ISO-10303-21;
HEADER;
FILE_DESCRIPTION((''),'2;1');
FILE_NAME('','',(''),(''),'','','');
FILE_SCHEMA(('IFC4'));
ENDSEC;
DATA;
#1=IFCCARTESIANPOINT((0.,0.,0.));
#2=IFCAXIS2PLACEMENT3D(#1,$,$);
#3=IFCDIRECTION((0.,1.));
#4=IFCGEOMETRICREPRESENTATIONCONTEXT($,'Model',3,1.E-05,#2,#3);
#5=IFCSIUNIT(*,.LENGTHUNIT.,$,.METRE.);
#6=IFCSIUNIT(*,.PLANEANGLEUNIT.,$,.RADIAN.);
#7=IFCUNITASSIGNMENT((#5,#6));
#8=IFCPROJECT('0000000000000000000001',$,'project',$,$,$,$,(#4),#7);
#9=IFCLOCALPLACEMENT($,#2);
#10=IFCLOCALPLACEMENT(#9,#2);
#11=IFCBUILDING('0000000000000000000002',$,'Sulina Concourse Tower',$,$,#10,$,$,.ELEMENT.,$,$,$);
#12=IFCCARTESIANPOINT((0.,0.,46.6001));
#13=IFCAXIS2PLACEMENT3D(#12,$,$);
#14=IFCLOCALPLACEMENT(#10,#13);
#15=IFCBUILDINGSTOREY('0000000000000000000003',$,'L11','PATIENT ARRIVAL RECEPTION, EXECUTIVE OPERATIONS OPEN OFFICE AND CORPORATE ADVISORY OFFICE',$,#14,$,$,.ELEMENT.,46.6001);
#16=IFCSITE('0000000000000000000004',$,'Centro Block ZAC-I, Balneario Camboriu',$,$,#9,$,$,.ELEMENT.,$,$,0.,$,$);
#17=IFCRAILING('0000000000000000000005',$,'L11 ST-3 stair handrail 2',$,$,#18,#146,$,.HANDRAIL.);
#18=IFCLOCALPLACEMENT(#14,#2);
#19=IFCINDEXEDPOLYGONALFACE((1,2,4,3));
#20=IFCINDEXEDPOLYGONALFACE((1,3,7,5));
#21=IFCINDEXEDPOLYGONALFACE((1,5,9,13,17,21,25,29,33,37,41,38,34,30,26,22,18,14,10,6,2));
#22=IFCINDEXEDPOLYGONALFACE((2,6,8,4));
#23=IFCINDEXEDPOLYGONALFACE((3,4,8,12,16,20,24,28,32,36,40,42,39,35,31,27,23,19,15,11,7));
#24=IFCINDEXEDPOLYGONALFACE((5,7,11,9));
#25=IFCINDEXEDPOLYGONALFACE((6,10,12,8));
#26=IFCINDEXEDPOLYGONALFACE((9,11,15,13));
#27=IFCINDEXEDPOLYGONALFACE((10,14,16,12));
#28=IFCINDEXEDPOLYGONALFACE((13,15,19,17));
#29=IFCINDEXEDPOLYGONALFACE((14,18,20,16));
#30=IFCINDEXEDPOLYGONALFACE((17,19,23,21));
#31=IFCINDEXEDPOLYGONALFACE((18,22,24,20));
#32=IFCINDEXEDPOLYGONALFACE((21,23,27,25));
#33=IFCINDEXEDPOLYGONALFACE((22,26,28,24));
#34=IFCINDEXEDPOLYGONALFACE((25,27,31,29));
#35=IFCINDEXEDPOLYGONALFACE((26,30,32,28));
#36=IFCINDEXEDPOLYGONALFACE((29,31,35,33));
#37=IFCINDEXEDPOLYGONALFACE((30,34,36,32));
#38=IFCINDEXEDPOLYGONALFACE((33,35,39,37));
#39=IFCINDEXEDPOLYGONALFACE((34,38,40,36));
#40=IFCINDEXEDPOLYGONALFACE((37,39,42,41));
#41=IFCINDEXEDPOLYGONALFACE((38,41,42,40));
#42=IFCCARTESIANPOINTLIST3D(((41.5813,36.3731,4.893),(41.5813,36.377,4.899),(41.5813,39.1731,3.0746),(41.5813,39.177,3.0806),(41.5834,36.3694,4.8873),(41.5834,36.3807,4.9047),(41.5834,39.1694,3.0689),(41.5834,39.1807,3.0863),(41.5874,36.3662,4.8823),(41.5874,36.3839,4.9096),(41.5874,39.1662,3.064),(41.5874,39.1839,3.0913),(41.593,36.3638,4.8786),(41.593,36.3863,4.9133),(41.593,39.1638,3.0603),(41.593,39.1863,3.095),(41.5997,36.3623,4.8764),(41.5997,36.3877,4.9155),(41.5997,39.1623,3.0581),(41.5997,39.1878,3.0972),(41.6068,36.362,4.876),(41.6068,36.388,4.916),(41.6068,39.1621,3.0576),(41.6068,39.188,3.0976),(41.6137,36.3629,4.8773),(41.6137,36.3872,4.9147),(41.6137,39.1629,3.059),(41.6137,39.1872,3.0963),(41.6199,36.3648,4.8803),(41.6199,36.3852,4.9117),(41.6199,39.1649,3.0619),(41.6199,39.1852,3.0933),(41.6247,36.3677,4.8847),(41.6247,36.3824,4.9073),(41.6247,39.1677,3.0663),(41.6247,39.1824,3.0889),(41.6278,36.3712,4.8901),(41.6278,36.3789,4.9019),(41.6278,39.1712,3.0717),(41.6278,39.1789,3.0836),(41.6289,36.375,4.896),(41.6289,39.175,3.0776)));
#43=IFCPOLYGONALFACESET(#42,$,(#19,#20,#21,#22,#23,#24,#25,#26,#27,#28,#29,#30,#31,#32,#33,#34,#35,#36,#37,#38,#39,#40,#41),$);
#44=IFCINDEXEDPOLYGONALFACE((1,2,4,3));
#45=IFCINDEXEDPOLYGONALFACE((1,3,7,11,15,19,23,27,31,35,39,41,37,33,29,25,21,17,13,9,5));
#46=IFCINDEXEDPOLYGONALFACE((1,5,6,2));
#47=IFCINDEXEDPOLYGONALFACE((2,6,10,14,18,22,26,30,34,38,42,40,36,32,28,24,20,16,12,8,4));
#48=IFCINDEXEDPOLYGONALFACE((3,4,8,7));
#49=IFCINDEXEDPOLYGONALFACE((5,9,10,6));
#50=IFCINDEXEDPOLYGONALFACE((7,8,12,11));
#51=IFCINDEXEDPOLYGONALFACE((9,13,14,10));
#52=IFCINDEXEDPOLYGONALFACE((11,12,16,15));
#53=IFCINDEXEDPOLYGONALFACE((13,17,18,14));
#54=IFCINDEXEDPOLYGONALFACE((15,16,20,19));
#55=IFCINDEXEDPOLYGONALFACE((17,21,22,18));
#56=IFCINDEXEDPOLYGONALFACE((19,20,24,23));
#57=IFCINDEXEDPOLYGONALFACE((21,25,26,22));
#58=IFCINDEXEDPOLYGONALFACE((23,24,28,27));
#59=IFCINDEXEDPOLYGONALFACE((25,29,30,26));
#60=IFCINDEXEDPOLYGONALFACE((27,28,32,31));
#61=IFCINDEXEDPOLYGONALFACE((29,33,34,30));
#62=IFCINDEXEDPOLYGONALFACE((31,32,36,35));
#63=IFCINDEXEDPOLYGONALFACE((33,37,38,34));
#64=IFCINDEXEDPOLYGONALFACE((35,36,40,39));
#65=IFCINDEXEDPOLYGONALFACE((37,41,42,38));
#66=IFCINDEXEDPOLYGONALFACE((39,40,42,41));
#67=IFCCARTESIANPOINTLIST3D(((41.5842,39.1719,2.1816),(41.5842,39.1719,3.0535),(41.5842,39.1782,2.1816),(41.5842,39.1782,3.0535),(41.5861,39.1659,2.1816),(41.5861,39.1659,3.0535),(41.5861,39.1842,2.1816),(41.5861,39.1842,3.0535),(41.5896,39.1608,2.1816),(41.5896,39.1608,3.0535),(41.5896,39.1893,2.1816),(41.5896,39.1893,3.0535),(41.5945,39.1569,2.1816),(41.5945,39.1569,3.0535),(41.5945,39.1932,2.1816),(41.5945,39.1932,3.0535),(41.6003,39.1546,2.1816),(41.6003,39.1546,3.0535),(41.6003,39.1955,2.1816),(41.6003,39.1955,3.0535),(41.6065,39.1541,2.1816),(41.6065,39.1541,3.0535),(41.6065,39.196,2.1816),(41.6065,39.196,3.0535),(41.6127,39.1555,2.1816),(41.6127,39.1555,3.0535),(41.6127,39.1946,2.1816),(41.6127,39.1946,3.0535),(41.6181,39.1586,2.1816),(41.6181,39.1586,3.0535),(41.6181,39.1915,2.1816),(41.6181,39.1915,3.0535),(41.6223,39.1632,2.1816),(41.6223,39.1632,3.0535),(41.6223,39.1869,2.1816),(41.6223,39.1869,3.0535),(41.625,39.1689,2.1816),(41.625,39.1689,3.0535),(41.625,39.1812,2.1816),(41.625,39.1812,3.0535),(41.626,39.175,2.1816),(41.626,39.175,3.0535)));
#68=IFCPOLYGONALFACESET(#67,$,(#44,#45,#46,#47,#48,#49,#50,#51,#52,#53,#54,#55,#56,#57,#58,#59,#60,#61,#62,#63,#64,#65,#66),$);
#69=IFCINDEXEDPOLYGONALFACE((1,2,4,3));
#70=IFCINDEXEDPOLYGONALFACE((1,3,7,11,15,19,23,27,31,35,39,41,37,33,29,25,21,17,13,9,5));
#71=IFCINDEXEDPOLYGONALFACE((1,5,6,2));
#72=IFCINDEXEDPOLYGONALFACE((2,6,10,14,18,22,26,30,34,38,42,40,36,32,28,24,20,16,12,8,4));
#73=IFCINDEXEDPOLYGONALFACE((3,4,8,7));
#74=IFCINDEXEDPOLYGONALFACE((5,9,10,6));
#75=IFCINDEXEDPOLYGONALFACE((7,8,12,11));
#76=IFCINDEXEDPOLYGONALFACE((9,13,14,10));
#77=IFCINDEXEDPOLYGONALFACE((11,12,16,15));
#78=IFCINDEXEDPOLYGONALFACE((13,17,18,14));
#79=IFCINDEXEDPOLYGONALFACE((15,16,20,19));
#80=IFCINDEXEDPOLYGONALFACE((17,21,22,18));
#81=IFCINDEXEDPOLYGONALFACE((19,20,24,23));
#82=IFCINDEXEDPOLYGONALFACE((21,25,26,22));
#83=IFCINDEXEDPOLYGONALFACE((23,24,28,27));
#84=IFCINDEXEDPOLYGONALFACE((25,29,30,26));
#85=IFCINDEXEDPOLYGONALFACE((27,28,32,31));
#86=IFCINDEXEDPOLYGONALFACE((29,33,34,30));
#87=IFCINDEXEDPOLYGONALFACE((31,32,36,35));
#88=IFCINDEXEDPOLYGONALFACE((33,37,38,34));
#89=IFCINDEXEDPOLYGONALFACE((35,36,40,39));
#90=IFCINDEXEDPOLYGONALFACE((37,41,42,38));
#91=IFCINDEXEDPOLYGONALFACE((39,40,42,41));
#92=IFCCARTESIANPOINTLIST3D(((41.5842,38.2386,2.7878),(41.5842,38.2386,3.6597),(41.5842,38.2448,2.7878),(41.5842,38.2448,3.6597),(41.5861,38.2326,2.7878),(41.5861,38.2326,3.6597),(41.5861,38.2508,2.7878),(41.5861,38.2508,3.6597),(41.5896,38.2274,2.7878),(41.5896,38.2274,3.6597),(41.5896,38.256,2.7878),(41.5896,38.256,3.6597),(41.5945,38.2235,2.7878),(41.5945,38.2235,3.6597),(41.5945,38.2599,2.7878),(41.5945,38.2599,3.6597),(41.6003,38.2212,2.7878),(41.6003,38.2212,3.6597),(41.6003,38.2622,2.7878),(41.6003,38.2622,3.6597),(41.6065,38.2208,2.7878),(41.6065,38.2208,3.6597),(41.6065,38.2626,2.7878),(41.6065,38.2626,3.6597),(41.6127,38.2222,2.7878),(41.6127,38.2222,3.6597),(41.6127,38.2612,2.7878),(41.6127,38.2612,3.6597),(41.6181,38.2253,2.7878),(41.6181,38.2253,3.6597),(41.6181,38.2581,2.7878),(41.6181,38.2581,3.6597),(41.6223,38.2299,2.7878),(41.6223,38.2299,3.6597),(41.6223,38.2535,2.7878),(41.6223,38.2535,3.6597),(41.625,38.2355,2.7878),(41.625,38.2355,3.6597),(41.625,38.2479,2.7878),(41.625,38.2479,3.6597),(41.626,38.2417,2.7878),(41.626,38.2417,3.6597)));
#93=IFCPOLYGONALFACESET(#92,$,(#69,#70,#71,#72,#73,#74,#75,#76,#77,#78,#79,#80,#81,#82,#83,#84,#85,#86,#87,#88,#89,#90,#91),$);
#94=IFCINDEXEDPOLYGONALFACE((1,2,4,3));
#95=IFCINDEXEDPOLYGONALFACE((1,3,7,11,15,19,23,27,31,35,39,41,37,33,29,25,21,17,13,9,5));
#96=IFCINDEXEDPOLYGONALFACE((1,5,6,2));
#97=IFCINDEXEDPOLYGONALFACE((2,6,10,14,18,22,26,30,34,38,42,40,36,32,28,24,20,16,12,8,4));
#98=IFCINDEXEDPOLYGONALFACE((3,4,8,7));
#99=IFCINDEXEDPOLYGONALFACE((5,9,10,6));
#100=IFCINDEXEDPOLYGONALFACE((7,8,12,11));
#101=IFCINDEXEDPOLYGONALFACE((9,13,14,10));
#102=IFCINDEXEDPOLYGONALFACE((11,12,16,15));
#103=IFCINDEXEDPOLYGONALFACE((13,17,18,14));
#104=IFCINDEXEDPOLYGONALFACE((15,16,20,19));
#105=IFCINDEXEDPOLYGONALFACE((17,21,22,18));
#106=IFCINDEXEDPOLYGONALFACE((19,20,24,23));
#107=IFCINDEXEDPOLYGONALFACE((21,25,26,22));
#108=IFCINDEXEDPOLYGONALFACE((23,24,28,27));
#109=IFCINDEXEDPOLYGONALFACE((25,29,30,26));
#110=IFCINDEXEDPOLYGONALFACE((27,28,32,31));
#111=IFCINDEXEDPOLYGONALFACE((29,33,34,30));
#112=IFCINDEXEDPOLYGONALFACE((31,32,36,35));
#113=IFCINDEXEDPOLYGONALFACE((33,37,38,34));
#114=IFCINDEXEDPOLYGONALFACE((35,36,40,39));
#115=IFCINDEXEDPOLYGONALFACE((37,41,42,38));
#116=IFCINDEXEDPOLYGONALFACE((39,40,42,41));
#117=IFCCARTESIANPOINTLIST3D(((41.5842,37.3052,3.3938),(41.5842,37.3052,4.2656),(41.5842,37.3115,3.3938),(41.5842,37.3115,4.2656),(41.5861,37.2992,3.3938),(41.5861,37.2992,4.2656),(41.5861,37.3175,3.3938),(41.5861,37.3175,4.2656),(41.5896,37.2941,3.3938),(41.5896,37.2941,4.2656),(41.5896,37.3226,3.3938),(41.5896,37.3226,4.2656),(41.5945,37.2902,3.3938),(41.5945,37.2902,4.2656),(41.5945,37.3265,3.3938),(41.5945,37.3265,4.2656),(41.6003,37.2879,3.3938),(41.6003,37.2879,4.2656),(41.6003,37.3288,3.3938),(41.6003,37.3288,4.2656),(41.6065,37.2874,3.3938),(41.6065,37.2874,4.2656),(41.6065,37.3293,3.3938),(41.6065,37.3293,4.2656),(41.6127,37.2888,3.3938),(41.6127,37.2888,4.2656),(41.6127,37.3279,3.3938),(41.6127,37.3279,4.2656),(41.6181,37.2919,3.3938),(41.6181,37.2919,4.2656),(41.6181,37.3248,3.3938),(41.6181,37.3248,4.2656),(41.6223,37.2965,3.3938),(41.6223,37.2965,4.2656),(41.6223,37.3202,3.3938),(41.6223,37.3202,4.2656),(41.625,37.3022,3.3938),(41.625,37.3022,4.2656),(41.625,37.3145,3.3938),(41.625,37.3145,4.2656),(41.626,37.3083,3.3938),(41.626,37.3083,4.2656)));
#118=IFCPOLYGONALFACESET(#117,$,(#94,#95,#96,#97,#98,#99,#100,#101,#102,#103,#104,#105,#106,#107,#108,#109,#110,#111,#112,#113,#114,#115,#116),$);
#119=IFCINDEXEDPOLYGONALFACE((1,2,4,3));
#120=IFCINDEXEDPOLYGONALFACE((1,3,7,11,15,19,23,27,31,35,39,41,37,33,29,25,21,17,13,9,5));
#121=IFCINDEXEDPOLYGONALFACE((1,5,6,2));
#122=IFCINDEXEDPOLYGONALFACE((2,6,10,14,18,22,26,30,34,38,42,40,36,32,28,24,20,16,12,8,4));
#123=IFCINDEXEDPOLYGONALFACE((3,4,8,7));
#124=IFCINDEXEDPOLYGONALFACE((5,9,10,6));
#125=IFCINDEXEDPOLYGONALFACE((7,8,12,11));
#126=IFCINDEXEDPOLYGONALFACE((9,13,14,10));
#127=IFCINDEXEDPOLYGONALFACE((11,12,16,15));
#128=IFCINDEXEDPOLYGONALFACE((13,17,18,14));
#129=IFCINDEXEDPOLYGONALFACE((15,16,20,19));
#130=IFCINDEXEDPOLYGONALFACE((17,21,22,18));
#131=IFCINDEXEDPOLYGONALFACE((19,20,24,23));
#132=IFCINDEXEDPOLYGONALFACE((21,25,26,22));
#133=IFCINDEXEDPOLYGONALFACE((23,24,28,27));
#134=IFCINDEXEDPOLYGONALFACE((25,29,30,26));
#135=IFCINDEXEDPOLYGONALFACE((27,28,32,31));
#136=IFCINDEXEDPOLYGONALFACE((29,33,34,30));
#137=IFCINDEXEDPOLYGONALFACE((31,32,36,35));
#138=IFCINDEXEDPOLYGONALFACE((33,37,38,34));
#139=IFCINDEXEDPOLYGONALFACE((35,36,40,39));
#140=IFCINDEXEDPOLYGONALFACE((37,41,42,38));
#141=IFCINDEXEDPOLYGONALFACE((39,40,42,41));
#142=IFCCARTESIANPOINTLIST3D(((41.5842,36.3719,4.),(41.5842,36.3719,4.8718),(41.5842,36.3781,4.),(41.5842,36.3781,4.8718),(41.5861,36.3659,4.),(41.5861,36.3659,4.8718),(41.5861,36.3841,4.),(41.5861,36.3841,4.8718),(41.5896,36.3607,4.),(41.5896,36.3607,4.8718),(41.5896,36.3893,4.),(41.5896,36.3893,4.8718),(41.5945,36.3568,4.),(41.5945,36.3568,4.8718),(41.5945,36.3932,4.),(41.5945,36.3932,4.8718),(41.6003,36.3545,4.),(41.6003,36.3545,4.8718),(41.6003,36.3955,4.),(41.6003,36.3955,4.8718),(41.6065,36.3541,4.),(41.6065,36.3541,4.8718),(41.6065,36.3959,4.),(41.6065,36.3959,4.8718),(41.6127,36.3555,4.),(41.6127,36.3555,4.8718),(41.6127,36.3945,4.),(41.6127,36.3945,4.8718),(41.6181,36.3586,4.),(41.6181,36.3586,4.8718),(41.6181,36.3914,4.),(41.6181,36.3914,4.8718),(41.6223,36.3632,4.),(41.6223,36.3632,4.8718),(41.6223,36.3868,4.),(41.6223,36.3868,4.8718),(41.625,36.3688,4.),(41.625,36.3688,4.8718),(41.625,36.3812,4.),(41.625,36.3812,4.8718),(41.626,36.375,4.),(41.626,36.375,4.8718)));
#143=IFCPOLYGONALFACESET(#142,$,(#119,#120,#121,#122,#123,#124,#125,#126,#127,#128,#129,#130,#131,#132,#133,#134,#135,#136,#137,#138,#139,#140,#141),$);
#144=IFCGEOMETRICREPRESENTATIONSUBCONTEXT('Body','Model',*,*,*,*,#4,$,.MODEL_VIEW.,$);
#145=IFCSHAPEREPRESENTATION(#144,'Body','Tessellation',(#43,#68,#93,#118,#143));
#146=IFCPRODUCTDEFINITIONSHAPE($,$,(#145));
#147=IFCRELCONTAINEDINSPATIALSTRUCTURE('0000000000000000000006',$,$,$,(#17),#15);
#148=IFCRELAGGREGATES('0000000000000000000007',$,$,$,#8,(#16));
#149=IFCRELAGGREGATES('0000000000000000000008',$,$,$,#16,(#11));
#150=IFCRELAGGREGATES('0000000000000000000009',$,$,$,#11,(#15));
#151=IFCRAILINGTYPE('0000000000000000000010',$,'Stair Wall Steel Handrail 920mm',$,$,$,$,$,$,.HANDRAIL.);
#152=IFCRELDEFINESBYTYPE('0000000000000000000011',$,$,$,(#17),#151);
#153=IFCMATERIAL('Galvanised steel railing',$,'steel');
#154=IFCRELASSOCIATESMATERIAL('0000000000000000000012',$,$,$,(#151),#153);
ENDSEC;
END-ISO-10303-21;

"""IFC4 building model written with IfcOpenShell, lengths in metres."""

from ifc_helpers import new_model, si_unit, direction, frame, origin, origin_2d, place, context, subcontext, project, spatial, circle, extrude, material, type_object, element, save


model = new_model("IFC4")

# Units and contexts
model_context = context("Model", 3, precision=1e-05, world=origin(), true_north=direction((0.0, 1.0)))
body_context = subcontext(model_context, "Body", "Model", "MODEL_VIEW")
ifc_project = project(units=[si_unit("LENGTHUNIT", "METRE"), si_unit("PLANEANGLEUNIT", "RADIAN")], contexts=[model_context])

# Site, building, storey
site_placement = place(None, origin())
site = spatial("IfcSite", under=ifc_project, at=site_placement, Name="Centro Block ZAC-I, Balneario Camboriu", CompositionType="ELEMENT", RefElevation=0.0)
building_placement = place(site_placement, origin())
building = spatial("IfcBuilding", under=site, at=building_placement, Name="Sulina Concourse Tower", CompositionType="ELEMENT")
storey_placement = place(building_placement, frame((0.0, 0.0, 46.6001)))
storey = spatial("IfcBuildingStorey", under=building, at=storey_placement, Name="L11", Description="PATIENT ARRIVAL RECEPTION, EXECUTIVE OPERATIONS OPEN OFFICE AND CORPORATE ADVISORY OFFICE", CompositionType="ELEMENT", Elevation=46.6001)

# Railing
ifc_material_1 = material(Name="Galvanised steel railing", Category="steel")
railing_type_1 = type_object("IfcRailingType", Name="Stair Wall Steel Handrail 920mm", PredefinedType="HANDRAIL", material=ifc_material_1)
railing_1_placement = place(storey_placement, frame((41.605, 39.175, 2.1816)))
element("IfcRailing", 1, at=railing_1_placement, inside=storey, type_object=railing_type_1, Name="L11 ST-3 stair handrail 2", PredefinedType="HANDRAIL", context=body_context, shape_type="SweptSolid", body=[
    extrude(circle(Radius=0.0239, at=origin_2d()), frame((0.0, 0.0, 0.896), z_axis=(0.0, -0.838672, 0.544636), x_axis=(1.0, 0.0, 0.0)), (0.0, 0.0, 1.0), 3.3386),
    extrude(circle(Radius=0.021, at=origin_2d()), origin(), (0.0, 0.0, 1.0), 0.8718),
    extrude(circle(Radius=0.021, at=origin_2d()), frame((0.0, -0.9333, 0.6062)), (0.0, 0.0, 1.0), 0.8718),
    extrude(circle(Radius=0.021, at=origin_2d()), frame((0.0, -1.8667, 1.2122)), (0.0, 0.0, 1.0), 0.8718),
    extrude(circle(Radius=0.021, at=origin_2d()), frame((0.0, -2.8, 1.8184)), (0.0, 0.0, 1.0), 0.8718),
])

save(model, "model.ifc")
